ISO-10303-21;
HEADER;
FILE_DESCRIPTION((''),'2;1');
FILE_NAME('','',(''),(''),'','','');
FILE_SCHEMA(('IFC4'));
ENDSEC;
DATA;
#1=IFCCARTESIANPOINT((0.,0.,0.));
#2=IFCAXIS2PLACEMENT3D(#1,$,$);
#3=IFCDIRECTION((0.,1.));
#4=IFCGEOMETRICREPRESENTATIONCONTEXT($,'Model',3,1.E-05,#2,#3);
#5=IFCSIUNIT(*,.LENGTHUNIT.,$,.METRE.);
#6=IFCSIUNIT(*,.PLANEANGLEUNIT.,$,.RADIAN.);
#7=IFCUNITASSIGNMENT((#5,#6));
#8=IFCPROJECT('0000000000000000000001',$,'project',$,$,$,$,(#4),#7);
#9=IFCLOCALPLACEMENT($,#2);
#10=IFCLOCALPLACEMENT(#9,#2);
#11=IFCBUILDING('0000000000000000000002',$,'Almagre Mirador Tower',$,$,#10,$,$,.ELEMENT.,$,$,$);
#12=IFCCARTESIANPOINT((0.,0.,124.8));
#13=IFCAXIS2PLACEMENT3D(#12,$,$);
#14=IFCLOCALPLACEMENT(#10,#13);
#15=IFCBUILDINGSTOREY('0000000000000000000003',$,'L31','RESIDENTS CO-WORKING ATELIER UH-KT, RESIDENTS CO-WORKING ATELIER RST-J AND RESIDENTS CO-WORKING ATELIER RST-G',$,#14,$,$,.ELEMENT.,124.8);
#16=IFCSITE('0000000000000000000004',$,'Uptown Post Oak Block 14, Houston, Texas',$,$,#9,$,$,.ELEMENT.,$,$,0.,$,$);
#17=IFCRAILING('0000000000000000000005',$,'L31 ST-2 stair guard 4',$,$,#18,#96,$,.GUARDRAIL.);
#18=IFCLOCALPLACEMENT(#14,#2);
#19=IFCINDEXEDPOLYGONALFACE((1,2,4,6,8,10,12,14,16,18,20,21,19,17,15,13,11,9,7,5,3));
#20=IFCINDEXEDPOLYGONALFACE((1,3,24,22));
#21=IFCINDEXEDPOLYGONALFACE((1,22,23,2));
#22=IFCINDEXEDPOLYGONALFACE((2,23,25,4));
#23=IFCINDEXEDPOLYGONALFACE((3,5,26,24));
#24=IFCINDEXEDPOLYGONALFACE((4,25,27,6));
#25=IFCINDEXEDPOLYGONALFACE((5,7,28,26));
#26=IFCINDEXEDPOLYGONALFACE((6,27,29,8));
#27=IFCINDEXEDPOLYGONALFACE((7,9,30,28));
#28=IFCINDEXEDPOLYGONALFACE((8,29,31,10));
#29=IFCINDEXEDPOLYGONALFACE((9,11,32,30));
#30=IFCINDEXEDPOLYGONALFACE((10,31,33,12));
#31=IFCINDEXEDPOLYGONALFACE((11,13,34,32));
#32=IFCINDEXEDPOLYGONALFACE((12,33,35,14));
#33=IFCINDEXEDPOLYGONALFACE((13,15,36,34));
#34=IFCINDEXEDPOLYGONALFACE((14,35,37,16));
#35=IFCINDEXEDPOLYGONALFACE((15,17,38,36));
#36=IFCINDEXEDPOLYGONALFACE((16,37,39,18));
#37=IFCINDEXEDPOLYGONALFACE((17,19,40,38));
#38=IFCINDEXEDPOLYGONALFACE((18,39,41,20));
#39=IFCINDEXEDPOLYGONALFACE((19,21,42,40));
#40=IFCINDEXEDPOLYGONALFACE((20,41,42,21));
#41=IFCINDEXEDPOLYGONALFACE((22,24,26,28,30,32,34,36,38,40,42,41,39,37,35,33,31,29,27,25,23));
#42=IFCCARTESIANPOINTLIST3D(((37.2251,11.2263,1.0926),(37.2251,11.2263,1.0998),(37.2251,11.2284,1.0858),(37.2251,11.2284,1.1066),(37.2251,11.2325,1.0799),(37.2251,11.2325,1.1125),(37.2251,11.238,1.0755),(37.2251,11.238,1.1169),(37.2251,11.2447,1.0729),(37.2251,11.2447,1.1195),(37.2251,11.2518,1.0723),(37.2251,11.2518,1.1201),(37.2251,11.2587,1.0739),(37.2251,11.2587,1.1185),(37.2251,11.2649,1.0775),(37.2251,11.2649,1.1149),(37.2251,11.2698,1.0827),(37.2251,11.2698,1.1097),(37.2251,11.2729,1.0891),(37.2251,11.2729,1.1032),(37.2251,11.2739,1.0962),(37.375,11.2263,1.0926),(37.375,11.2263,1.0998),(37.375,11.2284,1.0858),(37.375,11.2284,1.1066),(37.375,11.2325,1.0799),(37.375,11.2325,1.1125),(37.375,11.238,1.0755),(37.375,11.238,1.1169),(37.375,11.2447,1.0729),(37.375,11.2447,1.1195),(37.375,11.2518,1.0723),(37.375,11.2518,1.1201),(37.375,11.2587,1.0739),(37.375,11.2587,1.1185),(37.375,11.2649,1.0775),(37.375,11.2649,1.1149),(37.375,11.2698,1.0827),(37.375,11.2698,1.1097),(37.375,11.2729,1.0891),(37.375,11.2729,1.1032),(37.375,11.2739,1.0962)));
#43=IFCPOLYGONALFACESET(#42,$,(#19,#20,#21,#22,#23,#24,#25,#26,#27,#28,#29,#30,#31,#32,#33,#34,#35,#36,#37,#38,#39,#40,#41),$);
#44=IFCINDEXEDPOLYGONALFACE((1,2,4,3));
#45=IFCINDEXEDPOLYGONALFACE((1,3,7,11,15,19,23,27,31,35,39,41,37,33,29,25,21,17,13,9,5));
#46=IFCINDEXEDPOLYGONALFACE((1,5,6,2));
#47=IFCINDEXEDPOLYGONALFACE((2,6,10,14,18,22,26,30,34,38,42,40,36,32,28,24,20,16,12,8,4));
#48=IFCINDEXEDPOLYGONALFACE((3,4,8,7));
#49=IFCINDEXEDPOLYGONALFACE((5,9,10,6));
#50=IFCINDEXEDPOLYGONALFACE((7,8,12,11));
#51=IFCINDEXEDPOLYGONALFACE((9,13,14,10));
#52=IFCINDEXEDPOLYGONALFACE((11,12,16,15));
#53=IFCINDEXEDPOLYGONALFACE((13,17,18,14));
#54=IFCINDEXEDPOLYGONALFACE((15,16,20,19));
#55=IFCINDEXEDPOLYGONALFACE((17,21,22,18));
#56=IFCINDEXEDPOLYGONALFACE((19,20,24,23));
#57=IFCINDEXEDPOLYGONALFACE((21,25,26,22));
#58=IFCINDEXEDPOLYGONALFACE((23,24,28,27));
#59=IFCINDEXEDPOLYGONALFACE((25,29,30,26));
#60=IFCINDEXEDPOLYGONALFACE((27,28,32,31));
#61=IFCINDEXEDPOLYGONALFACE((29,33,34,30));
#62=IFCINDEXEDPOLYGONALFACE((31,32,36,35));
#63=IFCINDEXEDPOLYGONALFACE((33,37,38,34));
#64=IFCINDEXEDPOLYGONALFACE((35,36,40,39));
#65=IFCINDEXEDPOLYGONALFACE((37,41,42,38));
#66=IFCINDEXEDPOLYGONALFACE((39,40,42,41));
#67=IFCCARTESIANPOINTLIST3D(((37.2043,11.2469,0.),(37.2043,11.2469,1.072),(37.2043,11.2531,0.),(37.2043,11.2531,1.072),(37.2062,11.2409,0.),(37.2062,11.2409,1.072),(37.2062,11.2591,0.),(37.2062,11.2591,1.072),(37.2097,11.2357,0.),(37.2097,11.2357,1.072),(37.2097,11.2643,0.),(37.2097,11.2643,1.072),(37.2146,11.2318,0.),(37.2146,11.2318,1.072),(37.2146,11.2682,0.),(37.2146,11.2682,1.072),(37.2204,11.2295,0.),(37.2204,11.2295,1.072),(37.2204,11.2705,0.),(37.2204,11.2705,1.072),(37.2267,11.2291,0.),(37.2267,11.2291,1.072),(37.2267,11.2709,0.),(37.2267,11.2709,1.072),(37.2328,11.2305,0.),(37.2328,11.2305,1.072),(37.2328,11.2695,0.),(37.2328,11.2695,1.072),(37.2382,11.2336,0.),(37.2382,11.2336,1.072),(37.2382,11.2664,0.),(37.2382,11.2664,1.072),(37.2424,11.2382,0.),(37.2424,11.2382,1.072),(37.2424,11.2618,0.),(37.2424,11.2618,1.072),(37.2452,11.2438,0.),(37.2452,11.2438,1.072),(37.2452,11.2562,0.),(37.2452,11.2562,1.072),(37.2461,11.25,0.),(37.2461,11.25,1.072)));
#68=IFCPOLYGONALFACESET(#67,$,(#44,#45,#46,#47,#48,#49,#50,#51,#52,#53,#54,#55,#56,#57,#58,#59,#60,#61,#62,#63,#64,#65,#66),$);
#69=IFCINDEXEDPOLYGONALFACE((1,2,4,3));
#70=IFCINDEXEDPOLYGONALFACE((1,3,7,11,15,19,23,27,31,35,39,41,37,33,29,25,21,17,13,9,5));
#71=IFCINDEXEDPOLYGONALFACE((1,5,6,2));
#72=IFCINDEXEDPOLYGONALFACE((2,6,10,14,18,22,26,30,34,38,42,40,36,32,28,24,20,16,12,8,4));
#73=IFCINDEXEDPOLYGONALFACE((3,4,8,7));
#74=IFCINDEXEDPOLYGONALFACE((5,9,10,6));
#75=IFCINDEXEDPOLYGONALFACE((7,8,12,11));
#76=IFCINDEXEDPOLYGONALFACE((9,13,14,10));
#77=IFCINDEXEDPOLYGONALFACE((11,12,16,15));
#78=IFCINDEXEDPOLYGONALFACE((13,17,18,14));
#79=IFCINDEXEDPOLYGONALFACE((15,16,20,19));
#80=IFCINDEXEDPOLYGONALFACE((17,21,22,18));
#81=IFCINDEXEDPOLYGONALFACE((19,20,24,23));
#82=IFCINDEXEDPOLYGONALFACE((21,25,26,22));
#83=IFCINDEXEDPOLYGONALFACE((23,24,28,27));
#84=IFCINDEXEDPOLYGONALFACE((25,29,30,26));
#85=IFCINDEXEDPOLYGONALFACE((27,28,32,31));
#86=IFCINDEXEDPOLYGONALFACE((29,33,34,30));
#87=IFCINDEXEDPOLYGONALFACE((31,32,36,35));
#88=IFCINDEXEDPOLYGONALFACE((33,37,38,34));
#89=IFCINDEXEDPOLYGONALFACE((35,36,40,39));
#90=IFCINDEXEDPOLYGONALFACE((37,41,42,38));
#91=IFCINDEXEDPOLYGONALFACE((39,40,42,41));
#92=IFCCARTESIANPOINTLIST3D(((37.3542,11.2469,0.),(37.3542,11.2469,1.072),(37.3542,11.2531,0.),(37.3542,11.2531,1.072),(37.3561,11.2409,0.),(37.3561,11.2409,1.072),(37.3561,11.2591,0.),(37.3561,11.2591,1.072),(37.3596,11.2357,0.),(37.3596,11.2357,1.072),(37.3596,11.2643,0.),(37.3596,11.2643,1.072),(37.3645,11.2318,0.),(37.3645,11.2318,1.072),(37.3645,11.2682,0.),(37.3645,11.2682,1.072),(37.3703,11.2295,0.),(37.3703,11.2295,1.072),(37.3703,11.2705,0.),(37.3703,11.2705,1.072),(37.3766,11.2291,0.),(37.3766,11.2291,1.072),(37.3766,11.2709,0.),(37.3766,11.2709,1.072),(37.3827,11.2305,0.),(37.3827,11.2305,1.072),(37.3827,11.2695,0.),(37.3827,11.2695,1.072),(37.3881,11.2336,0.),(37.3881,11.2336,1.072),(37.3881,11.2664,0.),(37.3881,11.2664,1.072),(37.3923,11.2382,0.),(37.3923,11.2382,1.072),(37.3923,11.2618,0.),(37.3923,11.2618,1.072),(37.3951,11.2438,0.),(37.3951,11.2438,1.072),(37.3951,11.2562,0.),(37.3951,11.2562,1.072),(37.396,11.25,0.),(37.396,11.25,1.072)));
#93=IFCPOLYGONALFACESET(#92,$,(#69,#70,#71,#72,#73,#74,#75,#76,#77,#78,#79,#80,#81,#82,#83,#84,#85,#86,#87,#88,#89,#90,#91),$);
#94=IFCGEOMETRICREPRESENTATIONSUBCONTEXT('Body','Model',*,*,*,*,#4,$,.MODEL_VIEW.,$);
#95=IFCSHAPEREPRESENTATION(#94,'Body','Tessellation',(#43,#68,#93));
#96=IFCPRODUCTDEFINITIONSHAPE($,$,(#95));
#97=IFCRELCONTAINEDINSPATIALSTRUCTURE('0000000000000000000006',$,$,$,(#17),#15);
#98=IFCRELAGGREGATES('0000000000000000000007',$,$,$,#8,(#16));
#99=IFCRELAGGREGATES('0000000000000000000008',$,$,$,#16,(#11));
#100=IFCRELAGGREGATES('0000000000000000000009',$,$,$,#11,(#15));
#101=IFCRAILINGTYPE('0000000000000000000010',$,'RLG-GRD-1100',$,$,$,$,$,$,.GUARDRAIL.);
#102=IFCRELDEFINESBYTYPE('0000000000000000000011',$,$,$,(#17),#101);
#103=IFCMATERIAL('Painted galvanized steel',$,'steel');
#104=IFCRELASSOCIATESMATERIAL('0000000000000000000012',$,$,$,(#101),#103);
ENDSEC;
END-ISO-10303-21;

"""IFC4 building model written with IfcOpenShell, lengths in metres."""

from ifc_helpers import new_model, si_unit, direction, frame, origin, origin_2d, place, context, subcontext, project, spatial, circle, extrude, material, type_object, element, save


model = new_model("IFC4")

# Units and contexts
model_context = context("Model", 3, precision=1e-05, world=origin(), true_north=direction((0.0, 1.0)))
body_context = subcontext(model_context, "Body", "Model", "MODEL_VIEW")
ifc_project = project(units=[si_unit("LENGTHUNIT", "METRE"), si_unit("PLANEANGLEUNIT", "RADIAN")], contexts=[model_context])

# Site, building, storey
site_placement = place(None, origin())
site = spatial("IfcSite", under=ifc_project, at=site_placement, Name="Uptown Post Oak Block 14, Houston, Texas", CompositionType="ELEMENT", RefElevation=0.0)
building_placement = place(site_placement, origin())
building = spatial("IfcBuilding", under=site, at=building_placement, Name="Almagre Mirador Tower", CompositionType="ELEMENT")
storey_placement = place(building_placement, frame((0.0, 0.0, 124.8)))
storey = spatial("IfcBuildingStorey", under=building, at=storey_placement, Name="L31", Description="RESIDENTS CO-WORKING ATELIER UH-KT, RESIDENTS CO-WORKING ATELIER RST-J AND RESIDENTS CO-WORKING ATELIER RST-G", CompositionType="ELEMENT", Elevation=124.8)

# Railing
ifc_material_1 = material(Name="Painted galvanized steel", Category="steel")
railing_type_1 = type_object("IfcRailingType", Name="RLG-GRD-1100", PredefinedType="GUARDRAIL", material=ifc_material_1)
railing_1_placement = place(storey_placement, frame((37.2251, 11.25, 0.0)))
element("IfcRailing", 1, at=railing_1_placement, inside=storey, type_object=railing_type_1, Name="L31 ST-2 stair guard 4", PredefinedType="GUARDRAIL", context=body_context, shape_type="SweptSolid", body=[
    extrude(circle(Radius=0.0239, at=origin_2d()), frame((0.0, 0.0, 1.0962), z_axis=(1.0, 0.0, 0.0), x_axis=(0.0, 1.0, 0.0)), (0.0, 0.0, 1.0), 0.1499),
    extrude(circle(Radius=0.021, at=origin_2d()), origin(), (0.0, 0.0, 1.0), 1.072),
    extrude(circle(Radius=0.021, at=origin_2d()), frame((0.1499, 0.0, 0.0)), (0.0, 0.0, 1.0), 1.072),
])

save(model, "model.ifc")
